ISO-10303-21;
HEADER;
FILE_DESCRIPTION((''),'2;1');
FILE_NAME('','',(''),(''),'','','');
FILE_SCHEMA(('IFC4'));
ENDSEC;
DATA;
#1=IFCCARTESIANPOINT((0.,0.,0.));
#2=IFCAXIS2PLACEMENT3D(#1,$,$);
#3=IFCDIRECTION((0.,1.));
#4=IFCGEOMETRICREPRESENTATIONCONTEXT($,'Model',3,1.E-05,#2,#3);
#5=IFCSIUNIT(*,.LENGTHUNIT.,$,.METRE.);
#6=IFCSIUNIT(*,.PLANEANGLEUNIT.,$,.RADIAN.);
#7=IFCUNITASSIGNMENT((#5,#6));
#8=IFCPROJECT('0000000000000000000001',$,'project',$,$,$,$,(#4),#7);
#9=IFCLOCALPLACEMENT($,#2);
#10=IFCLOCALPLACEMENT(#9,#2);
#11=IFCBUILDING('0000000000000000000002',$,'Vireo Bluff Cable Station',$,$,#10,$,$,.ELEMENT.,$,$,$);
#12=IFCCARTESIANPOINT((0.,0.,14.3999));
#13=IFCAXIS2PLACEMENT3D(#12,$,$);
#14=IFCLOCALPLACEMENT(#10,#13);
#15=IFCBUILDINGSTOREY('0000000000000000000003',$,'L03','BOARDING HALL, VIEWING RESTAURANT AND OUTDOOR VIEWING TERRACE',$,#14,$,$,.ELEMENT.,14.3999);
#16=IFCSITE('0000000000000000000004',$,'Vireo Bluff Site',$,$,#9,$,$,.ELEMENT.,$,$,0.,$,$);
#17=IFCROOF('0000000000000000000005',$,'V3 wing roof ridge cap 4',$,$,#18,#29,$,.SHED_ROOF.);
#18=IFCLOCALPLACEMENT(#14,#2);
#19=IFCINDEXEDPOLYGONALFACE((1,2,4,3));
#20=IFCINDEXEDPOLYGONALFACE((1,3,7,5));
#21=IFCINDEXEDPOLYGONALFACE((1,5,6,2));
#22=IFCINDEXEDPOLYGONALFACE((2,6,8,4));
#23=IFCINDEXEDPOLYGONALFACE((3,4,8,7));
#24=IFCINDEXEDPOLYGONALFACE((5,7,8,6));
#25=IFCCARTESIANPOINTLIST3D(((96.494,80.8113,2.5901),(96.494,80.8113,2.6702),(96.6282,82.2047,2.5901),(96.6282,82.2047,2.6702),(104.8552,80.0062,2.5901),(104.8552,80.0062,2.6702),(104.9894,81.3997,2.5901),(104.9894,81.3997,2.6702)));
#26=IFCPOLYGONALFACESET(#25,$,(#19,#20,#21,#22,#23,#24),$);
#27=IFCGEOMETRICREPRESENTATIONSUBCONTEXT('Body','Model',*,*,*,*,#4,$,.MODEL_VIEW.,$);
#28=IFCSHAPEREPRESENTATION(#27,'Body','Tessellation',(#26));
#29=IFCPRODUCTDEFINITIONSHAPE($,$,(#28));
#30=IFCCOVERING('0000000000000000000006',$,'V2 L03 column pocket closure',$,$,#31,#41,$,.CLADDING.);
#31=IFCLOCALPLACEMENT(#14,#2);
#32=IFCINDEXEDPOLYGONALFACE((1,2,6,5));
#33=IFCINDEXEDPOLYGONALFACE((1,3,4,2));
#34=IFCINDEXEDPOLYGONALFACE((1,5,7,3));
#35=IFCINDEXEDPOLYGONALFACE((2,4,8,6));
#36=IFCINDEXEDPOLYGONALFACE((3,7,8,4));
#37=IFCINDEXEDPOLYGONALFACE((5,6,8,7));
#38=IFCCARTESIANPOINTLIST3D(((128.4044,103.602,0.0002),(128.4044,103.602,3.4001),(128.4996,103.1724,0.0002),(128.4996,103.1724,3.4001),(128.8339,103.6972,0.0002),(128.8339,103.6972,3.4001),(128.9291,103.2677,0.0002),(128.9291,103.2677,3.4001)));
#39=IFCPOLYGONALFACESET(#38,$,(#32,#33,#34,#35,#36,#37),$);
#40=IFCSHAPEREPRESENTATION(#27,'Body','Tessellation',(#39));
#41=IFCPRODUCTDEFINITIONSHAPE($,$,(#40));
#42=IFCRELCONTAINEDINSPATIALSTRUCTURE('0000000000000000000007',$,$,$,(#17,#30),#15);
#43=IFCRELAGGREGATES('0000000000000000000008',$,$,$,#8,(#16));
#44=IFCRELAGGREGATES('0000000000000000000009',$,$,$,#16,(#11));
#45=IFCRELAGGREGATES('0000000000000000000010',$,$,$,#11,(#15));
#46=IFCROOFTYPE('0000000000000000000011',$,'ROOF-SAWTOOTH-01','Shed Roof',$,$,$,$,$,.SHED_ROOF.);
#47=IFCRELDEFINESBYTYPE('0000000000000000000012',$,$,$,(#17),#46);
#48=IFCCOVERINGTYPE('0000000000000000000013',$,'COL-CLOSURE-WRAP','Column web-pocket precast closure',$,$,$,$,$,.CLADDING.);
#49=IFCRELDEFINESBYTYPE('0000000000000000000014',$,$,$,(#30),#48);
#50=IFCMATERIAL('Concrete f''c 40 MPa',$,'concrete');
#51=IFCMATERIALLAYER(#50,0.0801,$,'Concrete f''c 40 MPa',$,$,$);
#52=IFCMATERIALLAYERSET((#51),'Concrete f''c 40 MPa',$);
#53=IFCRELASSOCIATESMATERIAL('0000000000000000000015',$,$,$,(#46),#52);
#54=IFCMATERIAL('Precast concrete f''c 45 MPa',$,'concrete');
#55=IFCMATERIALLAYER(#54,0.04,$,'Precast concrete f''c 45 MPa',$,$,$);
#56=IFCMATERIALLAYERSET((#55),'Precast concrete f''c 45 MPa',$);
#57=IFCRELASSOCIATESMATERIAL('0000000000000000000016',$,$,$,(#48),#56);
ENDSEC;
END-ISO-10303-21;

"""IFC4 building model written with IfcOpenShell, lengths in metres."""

from ifc_helpers import new_model, si_unit, direction, frame, origin, origin_2d, place, context, subcontext, project, spatial, rectangle, extrude, material, layer, layer_set, type_object, element, save


model = new_model("IFC4")

# Units and contexts
model_context = context("Model", 3, precision=1e-05, world=origin(), true_north=direction((0.0, 1.0)))
body_context = subcontext(model_context, "Body", "Model", "MODEL_VIEW")
ifc_project = project(units=[si_unit("LENGTHUNIT", "METRE"), si_unit("PLANEANGLEUNIT", "RADIAN")], contexts=[model_context])

# Site, building, storey
site_placement = place(None, origin())
site = spatial("IfcSite", under=ifc_project, at=site_placement, Name="Vireo Bluff Site", CompositionType="ELEMENT", RefElevation=0.0)
building_placement = place(site_placement, origin())
building = spatial("IfcBuilding", under=site, at=building_placement, Name="Vireo Bluff Cable Station", CompositionType="ELEMENT")
storey_placement = place(building_placement, frame((0.0, 0.0, 14.3999)))
storey = spatial("IfcBuildingStorey", under=building, at=storey_placement, Name="L03", Description="BOARDING HALL, VIEWING RESTAURANT AND OUTDOOR VIEWING TERRACE", CompositionType="ELEMENT", Elevation=14.3999)

# Shared definitions
ifc_material_1 = material(Name="Precast concrete f'c 45 MPa", Category="concrete")

# Roof
ifc_material_2 = material(Name="Concrete f'c 40 MPa", Category="concrete")
ifc_layer_1 = layer(ifc_material_2, 0.0801, Name="Concrete f'c 40 MPa")
ifc_layer_set_1 = layer_set([ifc_layer_1], Name="Concrete f'c 40 MPa")
roof_type = type_object("IfcRoofType", Name="ROOF-SAWTOOTH-01", Description="Shed Roof", PredefinedType="SHED_ROOF", material=ifc_layer_set_1)
for number, where, z_axis, x_axis, name in (
    (1, (100.7417, 81.1055, 2.5901), (0.0, 0.0, 1.0), (0.995396, -0.095846, 0.0), "V3 wing roof ridge cap 4"),
):
    element("IfcRoof", number, at=place(storey_placement, frame(where, z_axis=z_axis, x_axis=x_axis)), inside=storey, type_object=roof_type, Name=name, PredefinedType="SHED_ROOF", context=body_context, shape_type="SweptSolid", body=[
        extrude(rectangle(XDim=8.3999, YDim=1.3999, at=origin_2d()), origin(), (0.0, 0.0, 1.0), 0.0801),
    ])

# Covering
ifc_layer_2 = layer(ifc_material_1, 0.04, Name="Precast concrete f'c 45 MPa")
ifc_layer_set_2 = layer_set([ifc_layer_2], Name="Precast concrete f'c 45 MPa")
covering_type = type_object("IfcCoveringType", Name="COL-CLOSURE-WRAP", Description="Column web-pocket precast closure", PredefinedType="CLADDING", material=ifc_layer_set_2)
covering_placement = place(storey_placement, frame((128.6667, 103.4348, 0.0002), z_axis=(0.0, 0.0, 1.0), x_axis=(0.976296, 0.21644, 0.0)))
element("IfcCovering", 2, at=covering_placement, inside=storey, type_object=covering_type, Name="V2 L03 column pocket closure", PredefinedType="CLADDING", context=body_context, shape_type="SweptSolid", body=[
    extrude(rectangle(XDim=0.4399, YDim=0.4399, at=origin_2d()), origin(), (0.0, 0.0, 1.0), 3.3999),
])

save(model, "model.ifc")
